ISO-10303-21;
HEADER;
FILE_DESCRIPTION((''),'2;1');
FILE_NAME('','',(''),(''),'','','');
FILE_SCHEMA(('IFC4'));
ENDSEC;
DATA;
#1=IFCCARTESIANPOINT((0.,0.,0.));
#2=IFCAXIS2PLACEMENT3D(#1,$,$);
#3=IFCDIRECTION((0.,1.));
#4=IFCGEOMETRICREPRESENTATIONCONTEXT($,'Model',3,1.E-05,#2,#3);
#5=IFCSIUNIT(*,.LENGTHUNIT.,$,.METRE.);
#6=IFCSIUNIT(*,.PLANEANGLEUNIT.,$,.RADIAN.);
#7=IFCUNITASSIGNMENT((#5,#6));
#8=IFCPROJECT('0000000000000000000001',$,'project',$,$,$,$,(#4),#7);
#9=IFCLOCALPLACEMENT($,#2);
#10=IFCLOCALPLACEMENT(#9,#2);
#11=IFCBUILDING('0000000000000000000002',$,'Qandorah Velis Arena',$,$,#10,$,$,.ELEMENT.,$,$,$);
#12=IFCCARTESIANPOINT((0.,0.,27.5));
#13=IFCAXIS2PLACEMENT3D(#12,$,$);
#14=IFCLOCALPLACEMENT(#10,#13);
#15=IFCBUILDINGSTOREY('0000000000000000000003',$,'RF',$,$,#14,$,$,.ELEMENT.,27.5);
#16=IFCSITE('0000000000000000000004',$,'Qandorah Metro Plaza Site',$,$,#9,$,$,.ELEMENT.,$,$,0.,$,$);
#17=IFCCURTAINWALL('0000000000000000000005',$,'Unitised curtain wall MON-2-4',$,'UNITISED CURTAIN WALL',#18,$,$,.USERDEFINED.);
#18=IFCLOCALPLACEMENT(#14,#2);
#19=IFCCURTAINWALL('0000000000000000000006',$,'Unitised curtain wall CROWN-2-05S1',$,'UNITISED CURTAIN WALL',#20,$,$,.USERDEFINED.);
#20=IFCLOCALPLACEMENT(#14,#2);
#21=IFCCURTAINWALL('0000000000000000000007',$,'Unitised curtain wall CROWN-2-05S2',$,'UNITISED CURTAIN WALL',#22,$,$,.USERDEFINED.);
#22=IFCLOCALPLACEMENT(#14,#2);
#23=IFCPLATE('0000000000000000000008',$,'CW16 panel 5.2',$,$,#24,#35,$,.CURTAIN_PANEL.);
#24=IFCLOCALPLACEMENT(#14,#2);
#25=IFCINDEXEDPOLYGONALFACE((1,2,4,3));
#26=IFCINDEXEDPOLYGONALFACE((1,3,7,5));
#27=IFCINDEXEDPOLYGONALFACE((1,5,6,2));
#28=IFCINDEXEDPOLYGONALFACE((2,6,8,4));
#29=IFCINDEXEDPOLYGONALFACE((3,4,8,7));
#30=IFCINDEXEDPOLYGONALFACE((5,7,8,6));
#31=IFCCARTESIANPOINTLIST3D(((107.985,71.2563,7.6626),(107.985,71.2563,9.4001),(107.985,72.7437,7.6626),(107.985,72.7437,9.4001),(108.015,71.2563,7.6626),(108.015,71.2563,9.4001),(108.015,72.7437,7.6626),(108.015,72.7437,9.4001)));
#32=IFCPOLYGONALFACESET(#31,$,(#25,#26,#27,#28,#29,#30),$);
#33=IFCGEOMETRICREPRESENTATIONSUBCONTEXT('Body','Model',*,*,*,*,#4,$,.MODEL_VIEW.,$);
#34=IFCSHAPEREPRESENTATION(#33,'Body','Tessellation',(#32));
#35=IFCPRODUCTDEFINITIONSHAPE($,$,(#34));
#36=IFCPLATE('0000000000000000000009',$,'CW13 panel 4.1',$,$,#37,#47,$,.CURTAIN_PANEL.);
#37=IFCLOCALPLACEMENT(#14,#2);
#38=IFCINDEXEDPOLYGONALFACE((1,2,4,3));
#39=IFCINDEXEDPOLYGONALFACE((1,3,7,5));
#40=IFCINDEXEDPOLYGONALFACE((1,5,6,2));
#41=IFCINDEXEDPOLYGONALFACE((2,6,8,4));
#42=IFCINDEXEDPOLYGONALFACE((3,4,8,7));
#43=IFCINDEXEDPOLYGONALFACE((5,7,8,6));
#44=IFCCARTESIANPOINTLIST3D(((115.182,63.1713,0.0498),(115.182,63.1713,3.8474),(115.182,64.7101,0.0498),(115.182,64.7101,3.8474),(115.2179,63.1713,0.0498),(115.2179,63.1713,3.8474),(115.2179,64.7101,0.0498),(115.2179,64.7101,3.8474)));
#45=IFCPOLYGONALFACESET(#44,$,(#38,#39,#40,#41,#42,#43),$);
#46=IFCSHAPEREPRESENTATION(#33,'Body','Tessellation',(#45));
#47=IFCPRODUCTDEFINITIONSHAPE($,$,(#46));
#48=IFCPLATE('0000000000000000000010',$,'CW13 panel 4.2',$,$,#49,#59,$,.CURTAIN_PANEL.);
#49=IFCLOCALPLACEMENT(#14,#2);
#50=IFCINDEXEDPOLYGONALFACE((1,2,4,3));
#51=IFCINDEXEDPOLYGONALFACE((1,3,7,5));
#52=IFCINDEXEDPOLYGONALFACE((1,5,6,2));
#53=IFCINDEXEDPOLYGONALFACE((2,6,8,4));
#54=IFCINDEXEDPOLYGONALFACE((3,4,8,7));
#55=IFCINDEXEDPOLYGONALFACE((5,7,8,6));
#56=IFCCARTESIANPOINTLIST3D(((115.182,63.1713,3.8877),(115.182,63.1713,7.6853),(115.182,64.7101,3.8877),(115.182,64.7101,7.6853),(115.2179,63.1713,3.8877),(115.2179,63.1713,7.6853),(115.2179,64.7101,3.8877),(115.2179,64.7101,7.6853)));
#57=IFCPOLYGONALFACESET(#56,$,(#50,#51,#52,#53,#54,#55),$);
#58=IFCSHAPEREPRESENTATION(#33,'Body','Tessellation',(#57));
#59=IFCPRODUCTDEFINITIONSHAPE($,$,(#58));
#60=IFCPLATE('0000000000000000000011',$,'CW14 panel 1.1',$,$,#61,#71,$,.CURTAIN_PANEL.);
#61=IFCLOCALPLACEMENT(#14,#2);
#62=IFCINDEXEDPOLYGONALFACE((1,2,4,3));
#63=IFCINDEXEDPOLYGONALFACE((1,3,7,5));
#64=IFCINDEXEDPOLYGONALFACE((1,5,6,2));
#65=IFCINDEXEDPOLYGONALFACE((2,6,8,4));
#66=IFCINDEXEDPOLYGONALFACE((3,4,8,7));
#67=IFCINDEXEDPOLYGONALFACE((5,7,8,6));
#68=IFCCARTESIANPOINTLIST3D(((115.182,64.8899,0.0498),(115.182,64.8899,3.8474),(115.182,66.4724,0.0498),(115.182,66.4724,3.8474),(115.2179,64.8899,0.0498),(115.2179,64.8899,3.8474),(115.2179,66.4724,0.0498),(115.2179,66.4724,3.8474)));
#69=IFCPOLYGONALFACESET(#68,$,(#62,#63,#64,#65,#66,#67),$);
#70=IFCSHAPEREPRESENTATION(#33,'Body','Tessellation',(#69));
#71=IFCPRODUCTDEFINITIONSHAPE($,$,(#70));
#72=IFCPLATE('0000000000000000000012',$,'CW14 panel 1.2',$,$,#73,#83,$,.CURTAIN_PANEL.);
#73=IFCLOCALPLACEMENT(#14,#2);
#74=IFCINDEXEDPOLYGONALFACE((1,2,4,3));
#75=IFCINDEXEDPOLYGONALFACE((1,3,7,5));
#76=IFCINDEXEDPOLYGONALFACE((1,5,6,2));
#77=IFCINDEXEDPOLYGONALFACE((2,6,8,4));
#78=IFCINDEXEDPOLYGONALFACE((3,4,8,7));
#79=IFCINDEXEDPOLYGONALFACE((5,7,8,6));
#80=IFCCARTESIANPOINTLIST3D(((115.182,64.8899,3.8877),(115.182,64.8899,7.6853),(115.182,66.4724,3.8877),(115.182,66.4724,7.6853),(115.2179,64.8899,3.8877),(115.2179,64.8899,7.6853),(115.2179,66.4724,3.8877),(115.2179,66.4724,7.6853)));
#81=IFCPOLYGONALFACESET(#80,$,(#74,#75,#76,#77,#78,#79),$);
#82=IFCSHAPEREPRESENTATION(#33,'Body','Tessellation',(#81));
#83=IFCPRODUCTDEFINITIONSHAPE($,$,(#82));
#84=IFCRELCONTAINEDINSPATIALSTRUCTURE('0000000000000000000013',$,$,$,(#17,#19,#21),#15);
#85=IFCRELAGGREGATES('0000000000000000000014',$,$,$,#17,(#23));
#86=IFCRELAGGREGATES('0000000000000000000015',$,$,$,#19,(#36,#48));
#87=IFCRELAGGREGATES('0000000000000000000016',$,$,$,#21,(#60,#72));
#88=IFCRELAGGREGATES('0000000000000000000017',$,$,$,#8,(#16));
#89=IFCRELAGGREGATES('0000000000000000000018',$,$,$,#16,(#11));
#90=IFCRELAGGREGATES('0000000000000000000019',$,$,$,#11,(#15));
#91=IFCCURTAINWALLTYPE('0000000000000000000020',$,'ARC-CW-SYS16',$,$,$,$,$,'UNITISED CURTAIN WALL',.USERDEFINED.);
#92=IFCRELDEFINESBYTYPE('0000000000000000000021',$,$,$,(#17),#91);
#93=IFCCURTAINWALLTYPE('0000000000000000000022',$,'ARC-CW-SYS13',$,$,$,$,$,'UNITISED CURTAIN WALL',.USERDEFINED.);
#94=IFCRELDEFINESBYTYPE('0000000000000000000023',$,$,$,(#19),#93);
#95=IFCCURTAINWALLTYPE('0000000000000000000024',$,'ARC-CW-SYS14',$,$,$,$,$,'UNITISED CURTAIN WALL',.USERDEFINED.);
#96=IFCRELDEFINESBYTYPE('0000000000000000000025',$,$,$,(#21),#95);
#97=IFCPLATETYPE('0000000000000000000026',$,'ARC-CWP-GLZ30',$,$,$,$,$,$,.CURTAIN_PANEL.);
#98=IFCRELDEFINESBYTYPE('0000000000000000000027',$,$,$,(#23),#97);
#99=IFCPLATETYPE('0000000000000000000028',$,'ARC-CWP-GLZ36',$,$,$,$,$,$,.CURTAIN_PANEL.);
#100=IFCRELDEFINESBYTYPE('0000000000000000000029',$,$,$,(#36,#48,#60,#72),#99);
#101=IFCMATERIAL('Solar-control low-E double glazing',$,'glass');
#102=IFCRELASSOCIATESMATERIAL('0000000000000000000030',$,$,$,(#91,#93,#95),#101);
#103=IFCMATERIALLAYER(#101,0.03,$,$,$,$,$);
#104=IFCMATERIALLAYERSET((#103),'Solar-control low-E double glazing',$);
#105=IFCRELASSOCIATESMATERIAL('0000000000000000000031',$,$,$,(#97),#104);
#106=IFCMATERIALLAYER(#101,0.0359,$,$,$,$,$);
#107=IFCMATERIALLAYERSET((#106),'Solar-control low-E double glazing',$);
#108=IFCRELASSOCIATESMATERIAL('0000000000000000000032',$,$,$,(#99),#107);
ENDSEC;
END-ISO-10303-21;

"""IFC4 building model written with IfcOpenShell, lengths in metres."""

from ifc_helpers import new_model, si_unit, direction, frame, origin, origin_2d, place, context, subcontext, project, spatial, rectangle, extrude, material, layer, layer_set, type_object, element, aggregate, save


model = new_model("IFC4")

# Units and contexts
model_context = context("Model", 3, precision=1e-05, world=origin(), true_north=direction((0.0, 1.0)))
body_context = subcontext(model_context, "Body", "Model", "MODEL_VIEW")
ifc_project = project(units=[si_unit("LENGTHUNIT", "METRE"), si_unit("PLANEANGLEUNIT", "RADIAN")], contexts=[model_context])

# Site, building, storey
site_placement = place(None, origin())
site = spatial("IfcSite", under=ifc_project, at=site_placement, Name="Qandorah Metro Plaza Site", CompositionType="ELEMENT", RefElevation=0.0)
building_placement = place(site_placement, origin())
building = spatial("IfcBuilding", under=site, at=building_placement, Name="Qandorah Velis Arena", CompositionType="ELEMENT")
storey_placement = place(building_placement, frame((0.0, 0.0, 27.5)))
storey = spatial("IfcBuildingStorey", under=building, at=storey_placement, Name="RF", CompositionType="ELEMENT", Elevation=27.5)

# Curtain wall
ifc_material_1 = material(Name="Solar-control low-E double glazing", Category="glass")
curtain_wall_type_1 = type_object("IfcCurtainWallType", Name="ARC-CW-SYS16", ElementType="UNITISED CURTAIN WALL", PredefinedType="USERDEFINED", material=ifc_material_1)
curtain_wall_1_placement = place(storey_placement, origin())
curtain_wall_1 = element("IfcCurtainWall", 1, at=curtain_wall_1_placement, inside=storey, type_object=curtain_wall_type_1, Name="Unitised curtain wall MON-2-4", ObjectType="UNITISED CURTAIN WALL", PredefinedType="USERDEFINED")

# Curtain wall
curtain_wall_type_2 = type_object("IfcCurtainWallType", Name="ARC-CW-SYS13", ElementType="UNITISED CURTAIN WALL", PredefinedType="USERDEFINED", material=ifc_material_1)
curtain_wall_2_placement = place(storey_placement, origin())
curtain_wall_2 = element("IfcCurtainWall", 2, at=curtain_wall_2_placement, inside=storey, type_object=curtain_wall_type_2, Name="Unitised curtain wall CROWN-2-05S1", ObjectType="UNITISED CURTAIN WALL", PredefinedType="USERDEFINED")

# Curtain wall
curtain_wall_type_3 = type_object("IfcCurtainWallType", Name="ARC-CW-SYS14", ElementType="UNITISED CURTAIN WALL", PredefinedType="USERDEFINED", material=ifc_material_1)
curtain_wall_3_placement = place(storey_placement, origin())
curtain_wall_3 = element("IfcCurtainWall", 3, at=curtain_wall_3_placement, inside=storey, type_object=curtain_wall_type_3, Name="Unitised curtain wall CROWN-2-05S2", ObjectType="UNITISED CURTAIN WALL", PredefinedType="USERDEFINED")

# Plates
ifc_layer_1 = layer(ifc_material_1, 0.03)
ifc_layer_set_1 = layer_set([ifc_layer_1], Name="Solar-control low-E double glazing")
plate_type_1 = type_object("IfcPlateType", Name="ARC-CWP-GLZ30", PredefinedType="CURTAIN_PANEL", material=ifc_layer_set_1)
plate_1_placement = place(storey_placement, frame((108.0, 72.0, 7.6626), z_axis=(0.0, 0.0, 1.0), x_axis=(0.0, 1.0, 0.0)))
plate_1 = element("IfcPlate", 4, at=plate_1_placement, type_object=plate_type_1, Name="CW16 panel 5.2", PredefinedType="CURTAIN_PANEL", context=body_context, shape_type="SweptSolid", body=[
    extrude(rectangle(XDim=1.4873, YDim=0.03, at=origin_2d()), origin(), (0.0, 0.0, 1.0), 1.7375),
])
aggregate(curtain_wall_1, [plate_1])
ifc_layer_2 = layer(ifc_material_1, 0.0359)
ifc_layer_set_2 = layer_set([ifc_layer_2], Name="Solar-control low-E double glazing")
plate_type_2 = type_object("IfcPlateType", Name="ARC-CWP-GLZ36", PredefinedType="CURTAIN_PANEL", material=ifc_layer_set_2)
plate_2_placement = place(storey_placement, frame((115.2, 63.9407, 0.0498), z_axis=(0.0, 0.0, 1.0), x_axis=(0.0, 1.0, 0.0)))
plate_2 = element("IfcPlate", 5, at=plate_2_placement, type_object=plate_type_2, Name="CW13 panel 4.1", PredefinedType="CURTAIN_PANEL", context=body_context, shape_type="SweptSolid", body=[
    extrude(rectangle(XDim=1.5388, YDim=0.0359, at=origin_2d()), origin(), (0.0, 0.0, 1.0), 3.7976),
])
plate_3_placement = place(storey_placement, frame((115.2, 63.9407, 3.8877), z_axis=(0.0, 0.0, 1.0), x_axis=(0.0, 1.0, 0.0)))
plate_3 = element("IfcPlate", 6, at=plate_3_placement, type_object=plate_type_2, Name="CW13 panel 4.2", PredefinedType="CURTAIN_PANEL", context=body_context, shape_type="SweptSolid", body=[
    extrude(rectangle(XDim=1.5388, YDim=0.0359, at=origin_2d()), origin(), (0.0, 0.0, 1.0), 3.7976),
])
aggregate(curtain_wall_2, [plate_2, plate_3])
plate_4_placement = place(storey_placement, frame((115.2, 65.6812, 0.0498), z_axis=(0.0, 0.0, 1.0), x_axis=(0.0, 1.0, 0.0)))
plate_4 = element("IfcPlate", 7, at=plate_4_placement, type_object=plate_type_2, Name="CW14 panel 1.1", PredefinedType="CURTAIN_PANEL", context=body_context, shape_type="SweptSolid", body=[
    extrude(rectangle(XDim=1.5825, YDim=0.0359, at=origin_2d()), origin(), (0.0, 0.0, 1.0), 3.7976),
])
plate_5_placement = place(storey_placement, frame((115.2, 65.6812, 3.8877), z_axis=(0.0, 0.0, 1.0), x_axis=(0.0, 1.0, 0.0)))
plate_5 = element("IfcPlate", 8, at=plate_5_placement, type_object=plate_type_2, Name="CW14 panel 1.2", PredefinedType="CURTAIN_PANEL", context=body_context, shape_type="SweptSolid", body=[
    extrude(rectangle(XDim=1.5825, YDim=0.0359, at=origin_2d()), origin(), (0.0, 0.0, 1.0), 3.7976),
])
aggregate(curtain_wall_3, [plate_4, plate_5])

save(model, "model.ifc")
